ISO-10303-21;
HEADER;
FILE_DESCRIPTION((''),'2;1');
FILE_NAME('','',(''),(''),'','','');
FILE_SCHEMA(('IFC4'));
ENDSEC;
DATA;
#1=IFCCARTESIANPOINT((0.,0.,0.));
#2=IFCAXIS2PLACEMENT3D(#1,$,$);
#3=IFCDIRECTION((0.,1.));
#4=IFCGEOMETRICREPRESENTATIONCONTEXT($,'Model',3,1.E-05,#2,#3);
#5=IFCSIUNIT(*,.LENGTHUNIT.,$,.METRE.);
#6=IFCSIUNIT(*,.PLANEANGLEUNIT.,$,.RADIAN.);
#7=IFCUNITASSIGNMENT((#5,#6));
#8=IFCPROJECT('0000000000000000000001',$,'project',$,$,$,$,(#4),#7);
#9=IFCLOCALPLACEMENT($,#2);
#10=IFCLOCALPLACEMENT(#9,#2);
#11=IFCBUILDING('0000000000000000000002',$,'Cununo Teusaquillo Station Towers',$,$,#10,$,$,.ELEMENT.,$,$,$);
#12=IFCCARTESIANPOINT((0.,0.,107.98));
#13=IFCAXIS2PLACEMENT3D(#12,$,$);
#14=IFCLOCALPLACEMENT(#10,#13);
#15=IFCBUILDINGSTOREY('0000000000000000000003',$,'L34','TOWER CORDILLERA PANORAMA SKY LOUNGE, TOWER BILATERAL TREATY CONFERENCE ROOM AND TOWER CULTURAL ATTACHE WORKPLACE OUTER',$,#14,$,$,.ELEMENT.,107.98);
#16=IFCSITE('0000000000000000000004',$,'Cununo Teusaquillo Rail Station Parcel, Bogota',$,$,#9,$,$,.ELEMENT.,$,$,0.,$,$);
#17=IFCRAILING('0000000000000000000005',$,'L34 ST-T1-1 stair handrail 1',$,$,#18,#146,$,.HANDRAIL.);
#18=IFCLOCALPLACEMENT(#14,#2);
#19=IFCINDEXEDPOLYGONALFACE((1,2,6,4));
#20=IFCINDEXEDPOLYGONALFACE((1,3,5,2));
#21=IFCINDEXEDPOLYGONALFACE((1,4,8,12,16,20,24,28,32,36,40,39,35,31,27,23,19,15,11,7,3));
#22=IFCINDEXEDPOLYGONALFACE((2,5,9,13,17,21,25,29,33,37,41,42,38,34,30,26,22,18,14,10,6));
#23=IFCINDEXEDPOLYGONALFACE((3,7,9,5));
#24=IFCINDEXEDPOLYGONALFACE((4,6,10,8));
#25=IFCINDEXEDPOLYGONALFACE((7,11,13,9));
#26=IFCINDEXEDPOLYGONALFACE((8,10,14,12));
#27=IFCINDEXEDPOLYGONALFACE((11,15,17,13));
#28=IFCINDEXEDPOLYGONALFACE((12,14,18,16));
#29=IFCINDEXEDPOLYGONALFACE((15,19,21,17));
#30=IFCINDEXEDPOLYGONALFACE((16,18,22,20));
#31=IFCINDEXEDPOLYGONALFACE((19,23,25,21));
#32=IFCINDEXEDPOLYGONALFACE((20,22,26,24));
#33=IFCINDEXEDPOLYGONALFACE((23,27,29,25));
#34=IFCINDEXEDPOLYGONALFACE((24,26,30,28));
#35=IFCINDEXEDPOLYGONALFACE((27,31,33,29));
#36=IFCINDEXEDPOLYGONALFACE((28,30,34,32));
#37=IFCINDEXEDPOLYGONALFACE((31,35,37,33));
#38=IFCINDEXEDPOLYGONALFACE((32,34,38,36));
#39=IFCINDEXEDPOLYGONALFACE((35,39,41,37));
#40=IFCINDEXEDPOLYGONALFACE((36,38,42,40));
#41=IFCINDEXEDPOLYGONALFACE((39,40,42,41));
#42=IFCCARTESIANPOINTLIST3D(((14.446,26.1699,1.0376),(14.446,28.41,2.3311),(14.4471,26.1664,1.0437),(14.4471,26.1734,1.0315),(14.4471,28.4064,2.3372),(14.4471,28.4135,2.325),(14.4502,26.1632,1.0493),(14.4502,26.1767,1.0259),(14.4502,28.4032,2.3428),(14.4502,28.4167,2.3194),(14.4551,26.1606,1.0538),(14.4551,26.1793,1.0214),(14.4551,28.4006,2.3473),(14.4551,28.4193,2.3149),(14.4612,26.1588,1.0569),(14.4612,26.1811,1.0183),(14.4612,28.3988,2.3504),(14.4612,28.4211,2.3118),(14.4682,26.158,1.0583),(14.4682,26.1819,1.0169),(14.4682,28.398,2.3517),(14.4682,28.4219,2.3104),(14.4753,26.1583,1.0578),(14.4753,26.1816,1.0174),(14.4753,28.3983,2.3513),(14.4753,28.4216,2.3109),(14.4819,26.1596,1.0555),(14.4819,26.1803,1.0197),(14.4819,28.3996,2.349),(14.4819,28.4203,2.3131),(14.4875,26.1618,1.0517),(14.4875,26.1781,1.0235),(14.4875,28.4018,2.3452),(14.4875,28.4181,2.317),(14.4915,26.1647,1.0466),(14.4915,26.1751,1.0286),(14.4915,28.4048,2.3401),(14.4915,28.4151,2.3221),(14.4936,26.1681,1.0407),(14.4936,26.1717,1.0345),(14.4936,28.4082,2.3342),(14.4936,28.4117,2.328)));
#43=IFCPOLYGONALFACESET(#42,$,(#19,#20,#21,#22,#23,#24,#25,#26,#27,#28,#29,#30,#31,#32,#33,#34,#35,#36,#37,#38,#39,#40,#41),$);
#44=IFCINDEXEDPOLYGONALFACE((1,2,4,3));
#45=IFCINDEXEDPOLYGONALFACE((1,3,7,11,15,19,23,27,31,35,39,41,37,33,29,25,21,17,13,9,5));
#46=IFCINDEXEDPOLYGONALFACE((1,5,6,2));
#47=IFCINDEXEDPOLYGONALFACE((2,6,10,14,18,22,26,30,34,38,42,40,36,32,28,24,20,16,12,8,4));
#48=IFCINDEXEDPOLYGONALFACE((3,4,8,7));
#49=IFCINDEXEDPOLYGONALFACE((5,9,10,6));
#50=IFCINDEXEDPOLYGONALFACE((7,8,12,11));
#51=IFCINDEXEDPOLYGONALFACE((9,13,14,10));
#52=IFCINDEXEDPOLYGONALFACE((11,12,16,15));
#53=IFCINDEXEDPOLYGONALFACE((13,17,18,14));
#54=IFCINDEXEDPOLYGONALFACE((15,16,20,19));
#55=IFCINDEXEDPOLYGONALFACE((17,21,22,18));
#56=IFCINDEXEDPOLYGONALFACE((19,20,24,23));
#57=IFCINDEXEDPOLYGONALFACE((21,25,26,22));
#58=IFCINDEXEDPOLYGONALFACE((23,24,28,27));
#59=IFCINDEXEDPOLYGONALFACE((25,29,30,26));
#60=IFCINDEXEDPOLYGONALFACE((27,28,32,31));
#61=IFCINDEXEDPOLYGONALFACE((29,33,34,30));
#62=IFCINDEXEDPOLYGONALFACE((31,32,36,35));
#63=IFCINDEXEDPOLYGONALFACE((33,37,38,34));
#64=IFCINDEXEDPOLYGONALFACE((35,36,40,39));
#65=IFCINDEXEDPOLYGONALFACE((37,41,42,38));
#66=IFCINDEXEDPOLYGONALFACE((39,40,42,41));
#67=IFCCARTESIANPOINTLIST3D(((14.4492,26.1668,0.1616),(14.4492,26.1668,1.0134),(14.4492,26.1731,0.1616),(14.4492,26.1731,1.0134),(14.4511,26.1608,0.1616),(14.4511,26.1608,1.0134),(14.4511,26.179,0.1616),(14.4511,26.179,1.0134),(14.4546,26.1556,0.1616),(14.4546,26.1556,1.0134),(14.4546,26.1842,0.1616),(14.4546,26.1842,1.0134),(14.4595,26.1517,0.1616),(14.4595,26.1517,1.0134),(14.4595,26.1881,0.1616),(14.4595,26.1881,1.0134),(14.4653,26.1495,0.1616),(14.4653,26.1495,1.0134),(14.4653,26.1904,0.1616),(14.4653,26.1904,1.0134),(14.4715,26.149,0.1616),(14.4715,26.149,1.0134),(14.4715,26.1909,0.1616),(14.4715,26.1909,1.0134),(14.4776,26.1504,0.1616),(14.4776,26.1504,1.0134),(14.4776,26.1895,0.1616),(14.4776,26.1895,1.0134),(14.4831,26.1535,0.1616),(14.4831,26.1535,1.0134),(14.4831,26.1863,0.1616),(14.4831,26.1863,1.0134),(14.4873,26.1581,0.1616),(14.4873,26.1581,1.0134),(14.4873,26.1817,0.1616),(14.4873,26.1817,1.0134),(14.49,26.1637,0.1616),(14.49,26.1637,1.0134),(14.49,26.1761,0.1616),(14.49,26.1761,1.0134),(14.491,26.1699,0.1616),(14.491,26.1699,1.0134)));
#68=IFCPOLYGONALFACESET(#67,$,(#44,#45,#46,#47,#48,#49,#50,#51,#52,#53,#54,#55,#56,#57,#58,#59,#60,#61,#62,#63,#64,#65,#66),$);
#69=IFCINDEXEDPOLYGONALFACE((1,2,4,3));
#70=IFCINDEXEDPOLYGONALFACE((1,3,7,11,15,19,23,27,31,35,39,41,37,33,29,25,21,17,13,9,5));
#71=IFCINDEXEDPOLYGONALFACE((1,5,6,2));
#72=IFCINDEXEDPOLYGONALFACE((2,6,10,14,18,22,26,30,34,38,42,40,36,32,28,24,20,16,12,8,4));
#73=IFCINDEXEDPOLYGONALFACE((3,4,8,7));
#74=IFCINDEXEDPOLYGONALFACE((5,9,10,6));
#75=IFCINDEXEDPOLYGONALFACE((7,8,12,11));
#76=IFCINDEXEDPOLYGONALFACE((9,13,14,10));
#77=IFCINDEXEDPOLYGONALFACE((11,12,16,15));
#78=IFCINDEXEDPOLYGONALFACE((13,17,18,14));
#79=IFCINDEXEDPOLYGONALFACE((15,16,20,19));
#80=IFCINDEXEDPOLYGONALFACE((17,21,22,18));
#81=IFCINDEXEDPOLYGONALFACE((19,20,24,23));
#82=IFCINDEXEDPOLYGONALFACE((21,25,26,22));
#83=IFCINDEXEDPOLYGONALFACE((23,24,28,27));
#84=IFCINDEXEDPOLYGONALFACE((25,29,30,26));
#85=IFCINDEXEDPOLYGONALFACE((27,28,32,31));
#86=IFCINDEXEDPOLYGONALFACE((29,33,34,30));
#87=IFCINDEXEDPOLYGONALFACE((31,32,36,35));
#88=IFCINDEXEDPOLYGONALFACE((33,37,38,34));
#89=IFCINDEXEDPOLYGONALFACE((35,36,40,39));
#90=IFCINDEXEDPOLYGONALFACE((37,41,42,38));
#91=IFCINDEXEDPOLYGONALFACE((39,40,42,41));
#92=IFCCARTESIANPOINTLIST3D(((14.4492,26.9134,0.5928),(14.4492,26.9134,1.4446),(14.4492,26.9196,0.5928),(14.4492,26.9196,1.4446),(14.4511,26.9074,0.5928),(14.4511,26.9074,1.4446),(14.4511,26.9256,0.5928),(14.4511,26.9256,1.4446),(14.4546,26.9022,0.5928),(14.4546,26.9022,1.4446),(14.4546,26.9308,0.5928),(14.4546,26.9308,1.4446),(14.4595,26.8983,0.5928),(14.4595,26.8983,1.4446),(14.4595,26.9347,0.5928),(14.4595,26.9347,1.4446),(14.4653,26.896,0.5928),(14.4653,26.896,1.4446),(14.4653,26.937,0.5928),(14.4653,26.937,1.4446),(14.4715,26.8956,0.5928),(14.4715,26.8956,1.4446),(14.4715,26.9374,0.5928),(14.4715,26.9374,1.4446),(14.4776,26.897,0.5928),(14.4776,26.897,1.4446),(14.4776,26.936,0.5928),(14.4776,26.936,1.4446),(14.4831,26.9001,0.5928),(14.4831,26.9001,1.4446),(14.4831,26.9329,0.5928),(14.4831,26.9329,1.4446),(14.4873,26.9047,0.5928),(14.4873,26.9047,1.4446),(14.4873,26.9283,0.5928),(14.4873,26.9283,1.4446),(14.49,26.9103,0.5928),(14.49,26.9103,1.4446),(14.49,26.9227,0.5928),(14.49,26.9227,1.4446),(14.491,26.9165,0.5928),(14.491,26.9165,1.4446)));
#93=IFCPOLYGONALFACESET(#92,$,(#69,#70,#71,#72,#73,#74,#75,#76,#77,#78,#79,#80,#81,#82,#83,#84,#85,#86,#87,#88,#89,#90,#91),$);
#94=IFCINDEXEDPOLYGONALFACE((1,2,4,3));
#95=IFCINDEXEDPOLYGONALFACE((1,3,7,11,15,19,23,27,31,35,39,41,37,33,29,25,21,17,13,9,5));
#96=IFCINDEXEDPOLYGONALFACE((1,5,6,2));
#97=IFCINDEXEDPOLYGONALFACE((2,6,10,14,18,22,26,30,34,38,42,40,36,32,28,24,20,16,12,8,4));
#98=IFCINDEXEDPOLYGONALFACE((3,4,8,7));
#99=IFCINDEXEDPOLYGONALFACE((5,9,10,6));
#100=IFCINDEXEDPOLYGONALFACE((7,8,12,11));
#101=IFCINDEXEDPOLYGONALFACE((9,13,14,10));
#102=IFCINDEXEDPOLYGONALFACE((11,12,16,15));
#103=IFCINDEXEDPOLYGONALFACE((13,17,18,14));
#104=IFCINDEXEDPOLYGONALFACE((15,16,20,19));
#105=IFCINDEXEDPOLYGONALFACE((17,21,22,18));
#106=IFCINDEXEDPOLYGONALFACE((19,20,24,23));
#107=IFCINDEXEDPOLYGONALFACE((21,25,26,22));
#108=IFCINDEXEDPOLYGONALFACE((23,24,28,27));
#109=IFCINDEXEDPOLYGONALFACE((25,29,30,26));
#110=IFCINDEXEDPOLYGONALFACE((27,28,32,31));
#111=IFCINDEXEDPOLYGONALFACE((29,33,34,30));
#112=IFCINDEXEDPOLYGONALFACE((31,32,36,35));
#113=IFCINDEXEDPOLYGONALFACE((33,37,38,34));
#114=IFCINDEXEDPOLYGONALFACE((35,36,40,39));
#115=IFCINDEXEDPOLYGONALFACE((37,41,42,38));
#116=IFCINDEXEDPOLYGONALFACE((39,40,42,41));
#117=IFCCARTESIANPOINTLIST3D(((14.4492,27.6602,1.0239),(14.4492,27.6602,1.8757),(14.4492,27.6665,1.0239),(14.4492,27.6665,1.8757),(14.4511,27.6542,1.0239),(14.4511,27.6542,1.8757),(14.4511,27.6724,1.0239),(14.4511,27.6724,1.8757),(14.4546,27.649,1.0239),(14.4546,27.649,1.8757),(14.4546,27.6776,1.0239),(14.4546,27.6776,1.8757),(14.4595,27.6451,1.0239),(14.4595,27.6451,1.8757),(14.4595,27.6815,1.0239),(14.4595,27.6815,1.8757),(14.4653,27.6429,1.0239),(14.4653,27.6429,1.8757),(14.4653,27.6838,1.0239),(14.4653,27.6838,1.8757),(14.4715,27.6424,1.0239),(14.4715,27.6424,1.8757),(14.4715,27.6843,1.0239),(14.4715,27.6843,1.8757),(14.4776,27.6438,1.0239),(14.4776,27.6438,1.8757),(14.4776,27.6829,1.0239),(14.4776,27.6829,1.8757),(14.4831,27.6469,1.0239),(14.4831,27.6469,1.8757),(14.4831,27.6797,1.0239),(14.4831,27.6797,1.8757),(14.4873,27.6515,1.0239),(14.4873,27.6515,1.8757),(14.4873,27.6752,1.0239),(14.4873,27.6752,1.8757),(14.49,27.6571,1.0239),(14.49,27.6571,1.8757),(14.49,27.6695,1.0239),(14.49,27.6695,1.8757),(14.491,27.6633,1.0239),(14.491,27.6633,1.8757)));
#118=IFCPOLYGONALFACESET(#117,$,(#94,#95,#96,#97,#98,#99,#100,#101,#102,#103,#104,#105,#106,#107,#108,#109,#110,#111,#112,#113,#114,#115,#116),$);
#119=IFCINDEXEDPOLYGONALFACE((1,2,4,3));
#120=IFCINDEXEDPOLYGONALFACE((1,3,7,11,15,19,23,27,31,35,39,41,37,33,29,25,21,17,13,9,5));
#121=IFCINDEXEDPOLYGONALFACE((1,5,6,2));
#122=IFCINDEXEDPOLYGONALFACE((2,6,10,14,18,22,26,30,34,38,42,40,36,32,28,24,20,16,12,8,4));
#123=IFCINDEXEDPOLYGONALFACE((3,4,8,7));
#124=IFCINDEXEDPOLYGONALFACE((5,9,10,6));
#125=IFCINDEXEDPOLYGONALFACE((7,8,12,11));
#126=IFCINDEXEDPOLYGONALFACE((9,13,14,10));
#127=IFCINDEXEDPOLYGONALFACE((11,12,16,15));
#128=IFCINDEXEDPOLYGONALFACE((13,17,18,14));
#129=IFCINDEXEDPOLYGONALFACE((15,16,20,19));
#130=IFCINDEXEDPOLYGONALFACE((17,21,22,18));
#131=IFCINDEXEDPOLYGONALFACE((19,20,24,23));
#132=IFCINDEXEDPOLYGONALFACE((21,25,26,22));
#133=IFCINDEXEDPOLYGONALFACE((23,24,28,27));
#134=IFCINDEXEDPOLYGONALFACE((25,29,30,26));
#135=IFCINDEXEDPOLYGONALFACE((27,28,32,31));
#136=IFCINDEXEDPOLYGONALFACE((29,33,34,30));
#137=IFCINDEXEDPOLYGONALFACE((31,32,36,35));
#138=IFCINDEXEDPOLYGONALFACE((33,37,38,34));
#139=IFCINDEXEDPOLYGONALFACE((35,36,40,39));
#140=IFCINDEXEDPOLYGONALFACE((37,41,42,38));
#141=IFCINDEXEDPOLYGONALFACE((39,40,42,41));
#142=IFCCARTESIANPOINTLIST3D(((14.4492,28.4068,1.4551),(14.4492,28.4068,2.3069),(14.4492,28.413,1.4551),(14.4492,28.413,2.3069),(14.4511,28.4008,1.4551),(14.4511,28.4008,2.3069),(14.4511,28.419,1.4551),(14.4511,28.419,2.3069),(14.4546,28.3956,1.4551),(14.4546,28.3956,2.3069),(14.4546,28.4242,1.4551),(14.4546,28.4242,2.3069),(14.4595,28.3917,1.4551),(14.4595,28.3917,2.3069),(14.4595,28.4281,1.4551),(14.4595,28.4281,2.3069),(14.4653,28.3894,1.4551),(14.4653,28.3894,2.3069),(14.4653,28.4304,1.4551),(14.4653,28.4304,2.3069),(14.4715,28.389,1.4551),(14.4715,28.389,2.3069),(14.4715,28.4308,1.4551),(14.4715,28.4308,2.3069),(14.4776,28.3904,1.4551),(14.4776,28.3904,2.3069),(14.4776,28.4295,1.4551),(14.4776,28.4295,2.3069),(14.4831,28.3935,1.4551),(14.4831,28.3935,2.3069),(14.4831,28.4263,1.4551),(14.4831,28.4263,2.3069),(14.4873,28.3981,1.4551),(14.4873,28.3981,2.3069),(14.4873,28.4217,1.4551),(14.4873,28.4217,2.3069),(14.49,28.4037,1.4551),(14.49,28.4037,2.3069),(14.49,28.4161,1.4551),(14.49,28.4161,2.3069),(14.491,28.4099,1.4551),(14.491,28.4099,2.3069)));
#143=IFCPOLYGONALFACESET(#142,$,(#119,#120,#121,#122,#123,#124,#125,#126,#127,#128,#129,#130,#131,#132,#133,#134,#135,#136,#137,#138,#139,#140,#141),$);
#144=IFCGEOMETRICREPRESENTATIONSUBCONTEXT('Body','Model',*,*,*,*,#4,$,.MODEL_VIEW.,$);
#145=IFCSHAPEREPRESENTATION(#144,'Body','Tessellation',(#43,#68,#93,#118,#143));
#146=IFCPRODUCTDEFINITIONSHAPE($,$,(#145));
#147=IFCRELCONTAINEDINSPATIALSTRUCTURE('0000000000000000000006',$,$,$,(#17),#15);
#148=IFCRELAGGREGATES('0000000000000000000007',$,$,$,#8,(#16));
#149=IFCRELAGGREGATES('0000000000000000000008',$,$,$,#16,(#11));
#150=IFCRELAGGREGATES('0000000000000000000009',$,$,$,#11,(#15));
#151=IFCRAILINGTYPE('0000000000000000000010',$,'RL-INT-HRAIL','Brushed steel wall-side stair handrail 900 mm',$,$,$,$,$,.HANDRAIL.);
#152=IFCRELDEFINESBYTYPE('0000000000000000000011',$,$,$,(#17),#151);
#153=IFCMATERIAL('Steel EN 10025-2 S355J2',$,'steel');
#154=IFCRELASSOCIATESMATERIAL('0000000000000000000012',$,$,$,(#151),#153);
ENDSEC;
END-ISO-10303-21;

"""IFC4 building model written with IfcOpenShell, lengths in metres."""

from ifc_helpers import new_model, si_unit, direction, frame, origin, origin_2d, place, context, subcontext, project, spatial, circle, extrude, material, type_object, element, save


model = new_model("IFC4")

# Units and contexts
model_context = context("Model", 3, precision=1e-05, world=origin(), true_north=direction((0.0, 1.0)))
body_context = subcontext(model_context, "Body", "Model", "MODEL_VIEW")
ifc_project = project(units=[si_unit("LENGTHUNIT", "METRE"), si_unit("PLANEANGLEUNIT", "RADIAN")], contexts=[model_context])

# Site, building, storey
site_placement = place(None, origin())
site = spatial("IfcSite", under=ifc_project, at=site_placement, Name="Cununo Teusaquillo Rail Station Parcel, Bogota", CompositionType="ELEMENT", RefElevation=0.0)
building_placement = place(site_placement, origin())
building = spatial("IfcBuilding", under=site, at=building_placement, Name="Cununo Teusaquillo Station Towers", CompositionType="ELEMENT")
storey_placement = place(building_placement, frame((0.0, 0.0, 107.98)))
storey = spatial("IfcBuildingStorey", under=building, at=storey_placement, Name="L34", Description="TOWER CORDILLERA PANORAMA SKY LOUNGE, TOWER BILATERAL TREATY CONFERENCE ROOM AND TOWER CULTURAL ATTACHE WORKPLACE OUTER", CompositionType="ELEMENT", Elevation=107.98)

# Railing
ifc_material_1 = material(Name="Steel EN 10025-2 S355J2", Category="steel")
railing_type_1 = type_object("IfcRailingType", Name="RL-INT-HRAIL", Description="Brushed steel wall-side stair handrail 900 mm", PredefinedType="HANDRAIL", material=ifc_material_1)
railing_1_placement = place(storey_placement, frame((14.47, 26.1699, 0.1616)))
element("IfcRailing", 1, at=railing_1_placement, inside=storey, type_object=railing_type_1, Name="L34 ST-T1-1 stair handrail 1", PredefinedType="HANDRAIL", context=body_context, shape_type="SweptSolid", body=[
    extrude(circle(Radius=0.0239, at=origin_2d()), frame((0.0, 0.0, 0.876), z_axis=(0.0, 0.865992, 0.500057), x_axis=(-1.0, 0.0, 0.0)), (0.0, 0.0, 1.0), 2.5867),
    extrude(circle(Radius=0.021, at=origin_2d()), origin(), (0.0, 0.0, 1.0), 0.8518),
    extrude(circle(Radius=0.021, at=origin_2d()), frame((0.0, 0.7466, 0.4312)), (0.0, 0.0, 1.0), 0.8518),
    extrude(circle(Radius=0.021, at=origin_2d()), frame((0.0, 1.4934, 0.8623)), (0.0, 0.0, 1.0), 0.8518),
    extrude(circle(Radius=0.021, at=origin_2d()), frame((0.0, 2.24, 1.2935)), (0.0, 0.0, 1.0), 0.8518),
])

save(model, "model.ifc")
